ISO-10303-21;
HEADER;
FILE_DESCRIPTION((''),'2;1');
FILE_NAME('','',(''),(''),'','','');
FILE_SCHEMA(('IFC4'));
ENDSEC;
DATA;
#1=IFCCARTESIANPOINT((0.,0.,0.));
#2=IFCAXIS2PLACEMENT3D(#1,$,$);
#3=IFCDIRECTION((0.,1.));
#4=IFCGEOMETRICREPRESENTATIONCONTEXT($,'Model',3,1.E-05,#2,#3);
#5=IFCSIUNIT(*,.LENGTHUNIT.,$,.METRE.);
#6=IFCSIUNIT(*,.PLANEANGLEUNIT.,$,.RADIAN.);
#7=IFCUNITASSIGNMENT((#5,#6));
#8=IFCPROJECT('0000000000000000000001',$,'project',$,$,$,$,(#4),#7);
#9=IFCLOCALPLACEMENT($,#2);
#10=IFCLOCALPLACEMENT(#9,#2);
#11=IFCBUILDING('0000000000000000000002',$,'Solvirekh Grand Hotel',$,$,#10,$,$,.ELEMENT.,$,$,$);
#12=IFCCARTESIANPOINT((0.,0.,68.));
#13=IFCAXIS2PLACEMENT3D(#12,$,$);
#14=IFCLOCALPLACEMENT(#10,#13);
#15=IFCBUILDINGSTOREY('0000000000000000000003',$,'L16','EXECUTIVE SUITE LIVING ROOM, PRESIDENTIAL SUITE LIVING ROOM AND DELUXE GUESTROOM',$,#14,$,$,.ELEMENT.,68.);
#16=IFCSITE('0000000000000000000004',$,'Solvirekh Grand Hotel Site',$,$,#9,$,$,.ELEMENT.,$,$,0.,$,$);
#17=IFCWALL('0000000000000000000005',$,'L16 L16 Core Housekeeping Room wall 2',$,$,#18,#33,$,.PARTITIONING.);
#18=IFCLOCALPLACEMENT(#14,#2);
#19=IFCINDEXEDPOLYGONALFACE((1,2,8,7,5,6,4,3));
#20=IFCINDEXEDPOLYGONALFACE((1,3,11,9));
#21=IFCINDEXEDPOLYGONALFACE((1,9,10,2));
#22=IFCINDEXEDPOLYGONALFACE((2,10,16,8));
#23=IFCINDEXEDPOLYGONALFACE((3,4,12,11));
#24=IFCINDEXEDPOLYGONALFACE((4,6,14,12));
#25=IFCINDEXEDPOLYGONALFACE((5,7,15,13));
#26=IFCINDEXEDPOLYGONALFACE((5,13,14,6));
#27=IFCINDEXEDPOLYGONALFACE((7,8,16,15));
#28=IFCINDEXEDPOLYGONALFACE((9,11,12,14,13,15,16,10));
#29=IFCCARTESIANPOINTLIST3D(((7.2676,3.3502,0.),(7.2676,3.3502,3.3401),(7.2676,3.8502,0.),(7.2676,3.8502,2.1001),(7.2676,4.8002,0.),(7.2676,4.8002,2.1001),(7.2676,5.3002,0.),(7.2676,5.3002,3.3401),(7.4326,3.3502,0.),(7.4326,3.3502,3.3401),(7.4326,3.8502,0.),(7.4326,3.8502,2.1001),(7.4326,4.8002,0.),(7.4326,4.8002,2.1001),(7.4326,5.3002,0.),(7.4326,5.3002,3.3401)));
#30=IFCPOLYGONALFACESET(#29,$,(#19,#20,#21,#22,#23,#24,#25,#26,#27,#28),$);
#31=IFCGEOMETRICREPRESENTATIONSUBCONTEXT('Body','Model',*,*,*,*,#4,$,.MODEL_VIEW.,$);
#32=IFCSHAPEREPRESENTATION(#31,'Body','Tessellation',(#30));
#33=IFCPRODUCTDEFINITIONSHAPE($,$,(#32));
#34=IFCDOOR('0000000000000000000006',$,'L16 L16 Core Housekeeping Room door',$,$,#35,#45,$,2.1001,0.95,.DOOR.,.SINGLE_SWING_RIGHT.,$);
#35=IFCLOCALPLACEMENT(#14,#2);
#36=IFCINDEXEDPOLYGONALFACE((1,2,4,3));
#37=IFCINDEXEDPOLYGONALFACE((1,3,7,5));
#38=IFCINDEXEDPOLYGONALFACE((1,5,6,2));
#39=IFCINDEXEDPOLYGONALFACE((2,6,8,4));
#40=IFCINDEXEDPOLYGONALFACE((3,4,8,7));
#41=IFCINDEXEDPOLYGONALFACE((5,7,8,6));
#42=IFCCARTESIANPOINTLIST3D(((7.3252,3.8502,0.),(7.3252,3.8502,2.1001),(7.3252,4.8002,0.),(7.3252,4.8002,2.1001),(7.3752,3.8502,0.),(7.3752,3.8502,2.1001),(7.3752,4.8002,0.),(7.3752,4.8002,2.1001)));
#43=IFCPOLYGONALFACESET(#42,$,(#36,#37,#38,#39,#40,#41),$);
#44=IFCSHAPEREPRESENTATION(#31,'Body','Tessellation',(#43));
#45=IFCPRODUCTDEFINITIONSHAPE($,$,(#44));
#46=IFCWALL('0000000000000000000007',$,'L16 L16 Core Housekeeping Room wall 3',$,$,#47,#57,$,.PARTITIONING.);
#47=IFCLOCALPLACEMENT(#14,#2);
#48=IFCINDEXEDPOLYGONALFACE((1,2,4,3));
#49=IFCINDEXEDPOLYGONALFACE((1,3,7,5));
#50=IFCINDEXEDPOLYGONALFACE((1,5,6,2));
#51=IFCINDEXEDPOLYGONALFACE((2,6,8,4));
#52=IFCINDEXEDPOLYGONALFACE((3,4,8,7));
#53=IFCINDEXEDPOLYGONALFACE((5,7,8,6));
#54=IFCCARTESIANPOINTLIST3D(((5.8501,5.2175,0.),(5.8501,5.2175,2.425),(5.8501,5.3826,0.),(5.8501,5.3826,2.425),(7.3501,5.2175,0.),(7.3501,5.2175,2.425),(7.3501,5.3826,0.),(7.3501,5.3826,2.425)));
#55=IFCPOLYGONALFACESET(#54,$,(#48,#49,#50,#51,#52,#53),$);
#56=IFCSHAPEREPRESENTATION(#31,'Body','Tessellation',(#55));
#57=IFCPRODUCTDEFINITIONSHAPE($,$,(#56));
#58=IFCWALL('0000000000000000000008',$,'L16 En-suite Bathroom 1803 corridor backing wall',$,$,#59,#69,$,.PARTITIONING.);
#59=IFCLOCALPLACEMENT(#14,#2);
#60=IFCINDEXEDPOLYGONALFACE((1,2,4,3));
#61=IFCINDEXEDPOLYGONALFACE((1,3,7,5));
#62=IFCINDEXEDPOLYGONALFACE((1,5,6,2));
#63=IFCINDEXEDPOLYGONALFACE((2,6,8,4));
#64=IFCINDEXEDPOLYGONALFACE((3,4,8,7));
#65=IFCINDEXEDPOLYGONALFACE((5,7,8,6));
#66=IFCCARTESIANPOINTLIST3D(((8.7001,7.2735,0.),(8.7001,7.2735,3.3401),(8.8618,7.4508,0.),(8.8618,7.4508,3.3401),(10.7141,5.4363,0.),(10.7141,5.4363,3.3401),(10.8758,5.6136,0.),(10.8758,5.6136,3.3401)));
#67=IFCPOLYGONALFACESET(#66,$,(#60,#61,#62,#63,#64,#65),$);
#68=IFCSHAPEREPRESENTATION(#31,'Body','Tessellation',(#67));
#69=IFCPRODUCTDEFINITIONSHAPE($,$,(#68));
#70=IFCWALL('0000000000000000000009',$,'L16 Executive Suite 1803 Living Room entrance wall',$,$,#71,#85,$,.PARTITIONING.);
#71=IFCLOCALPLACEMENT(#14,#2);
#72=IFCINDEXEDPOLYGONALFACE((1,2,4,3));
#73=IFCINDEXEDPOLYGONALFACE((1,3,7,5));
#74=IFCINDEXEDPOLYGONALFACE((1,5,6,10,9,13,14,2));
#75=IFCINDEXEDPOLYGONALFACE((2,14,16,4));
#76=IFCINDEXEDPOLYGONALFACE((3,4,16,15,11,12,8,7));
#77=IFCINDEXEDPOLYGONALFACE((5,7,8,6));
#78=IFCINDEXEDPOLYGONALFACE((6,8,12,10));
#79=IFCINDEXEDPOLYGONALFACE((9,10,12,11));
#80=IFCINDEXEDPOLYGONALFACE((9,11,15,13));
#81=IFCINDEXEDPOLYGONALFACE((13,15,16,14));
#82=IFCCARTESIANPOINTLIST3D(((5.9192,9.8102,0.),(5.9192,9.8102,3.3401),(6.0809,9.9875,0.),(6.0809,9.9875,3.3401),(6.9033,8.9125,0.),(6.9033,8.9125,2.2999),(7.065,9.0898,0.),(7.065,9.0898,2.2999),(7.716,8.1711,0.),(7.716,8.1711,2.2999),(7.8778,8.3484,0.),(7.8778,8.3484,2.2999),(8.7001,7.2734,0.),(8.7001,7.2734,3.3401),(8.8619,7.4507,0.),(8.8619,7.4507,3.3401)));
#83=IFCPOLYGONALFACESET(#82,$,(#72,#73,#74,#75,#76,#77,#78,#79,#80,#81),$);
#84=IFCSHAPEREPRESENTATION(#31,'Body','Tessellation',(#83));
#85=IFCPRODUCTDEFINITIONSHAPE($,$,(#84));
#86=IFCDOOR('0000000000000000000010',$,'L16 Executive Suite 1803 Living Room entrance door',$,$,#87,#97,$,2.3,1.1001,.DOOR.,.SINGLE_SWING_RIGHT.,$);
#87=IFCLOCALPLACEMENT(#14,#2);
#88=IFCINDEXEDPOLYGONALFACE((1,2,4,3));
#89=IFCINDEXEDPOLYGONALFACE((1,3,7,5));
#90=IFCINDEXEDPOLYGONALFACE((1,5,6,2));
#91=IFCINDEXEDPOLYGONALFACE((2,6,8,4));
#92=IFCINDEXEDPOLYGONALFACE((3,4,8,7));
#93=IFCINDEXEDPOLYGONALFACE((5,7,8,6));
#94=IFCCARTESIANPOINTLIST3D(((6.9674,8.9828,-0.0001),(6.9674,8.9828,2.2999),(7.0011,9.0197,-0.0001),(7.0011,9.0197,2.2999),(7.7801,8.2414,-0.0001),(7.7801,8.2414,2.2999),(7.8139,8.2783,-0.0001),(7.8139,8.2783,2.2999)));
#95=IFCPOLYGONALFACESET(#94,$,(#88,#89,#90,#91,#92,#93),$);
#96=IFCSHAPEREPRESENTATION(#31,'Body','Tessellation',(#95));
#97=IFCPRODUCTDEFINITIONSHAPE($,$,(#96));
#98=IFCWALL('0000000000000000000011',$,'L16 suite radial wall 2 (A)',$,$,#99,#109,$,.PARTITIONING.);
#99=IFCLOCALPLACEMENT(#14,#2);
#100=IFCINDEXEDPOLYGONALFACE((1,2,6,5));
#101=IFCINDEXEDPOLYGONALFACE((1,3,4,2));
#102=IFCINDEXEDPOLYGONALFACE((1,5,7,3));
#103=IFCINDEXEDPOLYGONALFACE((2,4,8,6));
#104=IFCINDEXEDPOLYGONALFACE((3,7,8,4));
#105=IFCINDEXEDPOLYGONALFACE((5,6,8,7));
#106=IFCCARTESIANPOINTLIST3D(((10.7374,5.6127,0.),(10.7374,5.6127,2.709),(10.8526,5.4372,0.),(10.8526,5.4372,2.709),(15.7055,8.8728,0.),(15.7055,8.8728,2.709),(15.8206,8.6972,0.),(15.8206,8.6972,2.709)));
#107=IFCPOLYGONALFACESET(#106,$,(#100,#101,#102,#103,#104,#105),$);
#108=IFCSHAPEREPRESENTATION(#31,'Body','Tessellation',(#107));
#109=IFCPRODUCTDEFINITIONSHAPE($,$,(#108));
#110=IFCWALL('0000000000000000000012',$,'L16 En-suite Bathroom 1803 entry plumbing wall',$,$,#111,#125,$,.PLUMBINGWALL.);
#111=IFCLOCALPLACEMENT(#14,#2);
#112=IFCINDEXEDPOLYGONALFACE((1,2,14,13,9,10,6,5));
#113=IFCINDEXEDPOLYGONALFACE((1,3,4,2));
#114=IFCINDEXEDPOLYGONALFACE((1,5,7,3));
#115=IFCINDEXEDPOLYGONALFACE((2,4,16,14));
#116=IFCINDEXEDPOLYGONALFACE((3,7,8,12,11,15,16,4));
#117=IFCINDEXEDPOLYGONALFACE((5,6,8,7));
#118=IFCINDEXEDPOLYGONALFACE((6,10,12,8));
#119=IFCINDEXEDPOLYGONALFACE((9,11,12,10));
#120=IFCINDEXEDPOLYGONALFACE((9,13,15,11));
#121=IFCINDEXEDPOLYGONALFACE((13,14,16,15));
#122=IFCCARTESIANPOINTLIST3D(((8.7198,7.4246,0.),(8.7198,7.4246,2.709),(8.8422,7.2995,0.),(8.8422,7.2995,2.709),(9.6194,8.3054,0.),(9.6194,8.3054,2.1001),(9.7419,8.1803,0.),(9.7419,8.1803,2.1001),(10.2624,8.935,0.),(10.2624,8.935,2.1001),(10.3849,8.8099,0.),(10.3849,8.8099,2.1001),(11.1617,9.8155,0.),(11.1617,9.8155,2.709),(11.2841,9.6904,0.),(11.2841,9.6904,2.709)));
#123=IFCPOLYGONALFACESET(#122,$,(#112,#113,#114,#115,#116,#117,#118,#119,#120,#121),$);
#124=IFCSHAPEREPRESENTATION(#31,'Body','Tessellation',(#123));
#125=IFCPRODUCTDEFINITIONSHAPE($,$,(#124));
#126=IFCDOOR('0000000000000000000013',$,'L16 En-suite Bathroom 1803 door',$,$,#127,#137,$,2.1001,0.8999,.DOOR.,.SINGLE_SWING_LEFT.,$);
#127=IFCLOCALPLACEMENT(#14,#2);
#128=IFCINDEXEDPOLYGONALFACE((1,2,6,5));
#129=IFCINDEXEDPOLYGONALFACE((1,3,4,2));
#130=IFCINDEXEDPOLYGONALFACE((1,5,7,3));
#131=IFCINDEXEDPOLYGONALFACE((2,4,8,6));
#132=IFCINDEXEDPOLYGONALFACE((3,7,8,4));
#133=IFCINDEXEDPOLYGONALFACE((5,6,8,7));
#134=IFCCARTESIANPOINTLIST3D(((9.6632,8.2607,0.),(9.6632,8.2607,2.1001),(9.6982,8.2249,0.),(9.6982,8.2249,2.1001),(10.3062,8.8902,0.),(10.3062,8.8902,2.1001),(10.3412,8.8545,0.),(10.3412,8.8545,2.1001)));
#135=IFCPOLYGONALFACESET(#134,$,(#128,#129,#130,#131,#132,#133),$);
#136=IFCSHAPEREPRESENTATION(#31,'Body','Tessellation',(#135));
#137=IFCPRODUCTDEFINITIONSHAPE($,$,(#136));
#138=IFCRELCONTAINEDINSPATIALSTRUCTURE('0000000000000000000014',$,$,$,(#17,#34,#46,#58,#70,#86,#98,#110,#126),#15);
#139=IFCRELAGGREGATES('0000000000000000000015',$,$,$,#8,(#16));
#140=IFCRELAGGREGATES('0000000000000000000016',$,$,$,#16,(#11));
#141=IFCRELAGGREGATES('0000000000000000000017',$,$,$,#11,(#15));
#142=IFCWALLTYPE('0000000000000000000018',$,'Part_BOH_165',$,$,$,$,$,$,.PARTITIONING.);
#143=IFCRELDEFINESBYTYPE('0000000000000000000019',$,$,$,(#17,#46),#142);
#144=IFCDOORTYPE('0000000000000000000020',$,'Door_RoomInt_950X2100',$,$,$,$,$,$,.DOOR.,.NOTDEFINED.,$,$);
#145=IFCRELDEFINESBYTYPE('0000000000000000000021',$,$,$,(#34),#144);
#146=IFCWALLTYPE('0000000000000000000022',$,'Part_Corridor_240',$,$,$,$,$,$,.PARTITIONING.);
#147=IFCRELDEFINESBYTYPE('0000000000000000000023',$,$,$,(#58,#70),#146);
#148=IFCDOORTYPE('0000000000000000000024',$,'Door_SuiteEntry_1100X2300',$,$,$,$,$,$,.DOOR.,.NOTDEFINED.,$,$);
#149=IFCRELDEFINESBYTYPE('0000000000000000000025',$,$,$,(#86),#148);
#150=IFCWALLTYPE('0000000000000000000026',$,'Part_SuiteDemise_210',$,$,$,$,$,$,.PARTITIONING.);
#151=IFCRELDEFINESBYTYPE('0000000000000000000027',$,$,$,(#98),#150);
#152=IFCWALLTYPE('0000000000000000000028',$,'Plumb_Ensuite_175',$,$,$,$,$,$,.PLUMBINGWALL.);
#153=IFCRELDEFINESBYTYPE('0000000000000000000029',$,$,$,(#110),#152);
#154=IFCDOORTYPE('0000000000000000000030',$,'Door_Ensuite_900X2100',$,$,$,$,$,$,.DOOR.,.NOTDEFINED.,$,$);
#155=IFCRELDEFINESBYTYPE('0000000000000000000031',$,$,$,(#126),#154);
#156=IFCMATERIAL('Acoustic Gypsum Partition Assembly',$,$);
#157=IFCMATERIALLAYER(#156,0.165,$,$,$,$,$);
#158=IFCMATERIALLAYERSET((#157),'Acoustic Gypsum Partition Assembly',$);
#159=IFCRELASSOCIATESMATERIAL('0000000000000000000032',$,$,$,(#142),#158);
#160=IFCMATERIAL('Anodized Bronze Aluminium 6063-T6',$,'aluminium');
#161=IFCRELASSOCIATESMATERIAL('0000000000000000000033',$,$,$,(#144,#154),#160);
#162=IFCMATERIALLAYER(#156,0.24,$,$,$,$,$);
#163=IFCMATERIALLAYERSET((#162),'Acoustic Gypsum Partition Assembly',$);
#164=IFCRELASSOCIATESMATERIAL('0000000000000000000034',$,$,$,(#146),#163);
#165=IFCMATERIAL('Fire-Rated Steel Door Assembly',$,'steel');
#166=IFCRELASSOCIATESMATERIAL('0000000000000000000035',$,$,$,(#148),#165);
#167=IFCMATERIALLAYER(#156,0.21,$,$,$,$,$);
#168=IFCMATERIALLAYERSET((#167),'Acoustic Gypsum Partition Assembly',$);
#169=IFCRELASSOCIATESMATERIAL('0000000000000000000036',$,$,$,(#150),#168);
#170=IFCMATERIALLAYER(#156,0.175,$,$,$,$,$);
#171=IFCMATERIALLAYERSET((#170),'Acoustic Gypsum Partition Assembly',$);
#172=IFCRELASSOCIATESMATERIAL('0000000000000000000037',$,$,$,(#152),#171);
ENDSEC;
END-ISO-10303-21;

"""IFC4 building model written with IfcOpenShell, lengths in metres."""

from ifc_helpers import new_model, si_unit, direction, frame, frame_2d, origin, place, context, subcontext, project, spatial, rectangle, extrude, material, layer, layer_set, type_object, element, fill, save


model = new_model("IFC4")

# Units and contexts
model_context = context("Model", 3, precision=1e-05, world=origin(), true_north=direction((0.0, 1.0)))
body_context = subcontext(model_context, "Body", "Model", "MODEL_VIEW")
ifc_project = project(units=[si_unit("LENGTHUNIT", "METRE"), si_unit("PLANEANGLEUNIT", "RADIAN")], contexts=[model_context])

# Site, building, storey
site_placement = place(None, origin())
site = spatial("IfcSite", under=ifc_project, at=site_placement, Name="Solvirekh Grand Hotel Site", CompositionType="ELEMENT", RefElevation=0.0)
building_placement = place(site_placement, origin())
building = spatial("IfcBuilding", under=site, at=building_placement, Name="Solvirekh Grand Hotel", CompositionType="ELEMENT")
storey_placement = place(building_placement, frame((0.0, 0.0, 68.0)))
storey = spatial("IfcBuildingStorey", under=building, at=storey_placement, Name="L16", Description="EXECUTIVE SUITE LIVING ROOM, PRESIDENTIAL SUITE LIVING ROOM AND DELUXE GUESTROOM", CompositionType="ELEMENT", Elevation=68.0)

# Shared definitions
ifc_material_1 = material(Name="Anodized Bronze Aluminium 6063-T6", Category="aluminium")

# Wall, opening, door
ifc_material_2 = material(Name="Acoustic Gypsum Partition Assembly")
ifc_layer_1 = layer(ifc_material_2, 0.165)
ifc_layer_set_1 = layer_set([ifc_layer_1], Name="Acoustic Gypsum Partition Assembly")
wall_type_1 = type_object("IfcWallType", Name="Part_BOH_165", PredefinedType="PARTITIONING", material=ifc_layer_set_1)
wall_1_placement = place(storey_placement, frame((7.3501, 3.3501, 0.0), z_axis=(0.0, 0.0, 1.0), x_axis=(0.0, 1.0, 0.0)))
wall_1 = element("IfcWall", 1, at=wall_1_placement, inside=storey, type_object=wall_type_1, Name="L16 L16 Core Housekeeping Room wall 2", PredefinedType="PARTITIONING", context=body_context, shape_type="SweptSolid", body=[
    extrude(rectangle(XDim=1.95, YDim=0.165, at=frame_2d((0.9751, 0.0))), origin(), (0.0, 0.0, 1.0), 3.3401),
])
opening_1_placement = place(wall_1_placement, frame((0.5, 0.0, 0.0)))
opening_1 = element("IfcOpeningElement", 2, at=opening_1_placement, cuts=wall_1, PredefinedType="OPENING", context=body_context, shape_type="SweptSolid", body=[
    extrude(rectangle(XDim=0.95, YDim=2.1001, at=frame_2d((0.4751, 1.05))), frame((0.0, 0.0925, 0.0), z_axis=(0.0, -1.0, 0.0), x_axis=(1.0, 0.0, 0.0)), (0.0, 0.0, 1.0), 0.1851),
])
door_type_1 = type_object("IfcDoorType", Name="Door_RoomInt_950X2100", OperationType="NOTDEFINED", PredefinedType="DOOR", material=ifc_material_1)
door_1_placement = place(opening_1_placement, origin())
door_1 = element("IfcDoor", 3, at=door_1_placement, inside=storey, type_object=door_type_1, Name="L16 L16 Core Housekeeping Room door", OperationType="SINGLE_SWING_RIGHT", OverallHeight=2.1001, OverallWidth=0.95, PredefinedType="DOOR", context=body_context, shape_type="SweptSolid", body=[
    extrude(rectangle(XDim=0.95, YDim=2.1001, at=frame_2d((0.4751, 1.05))), frame((0.0, 0.0249, 0.0), z_axis=(0.0, -1.0, 0.0), x_axis=(1.0, 0.0, 0.0)), (0.0, 0.0, 1.0), 0.05),
])
fill(opening_1, door_1)

# Walls
wall_2_placement = place(storey_placement, frame((7.3501, 5.3, 0.0), z_axis=(0.0, 0.0, 1.0), x_axis=(-1.0, 0.0, 0.0)))
element("IfcWall", 4, at=wall_2_placement, inside=storey, type_object=wall_type_1, Name="L16 L16 Core Housekeeping Room wall 3", PredefinedType="PARTITIONING", context=body_context, shape_type="SweptSolid", body=[
    extrude(rectangle(XDim=1.5, YDim=0.165, at=frame_2d((0.75, 0.0))), origin(), (0.0, 0.0, 1.0), 2.425),
])
ifc_layer_2 = layer(ifc_material_2, 0.24)
ifc_layer_set_2 = layer_set([ifc_layer_2], Name="Acoustic Gypsum Partition Assembly")
wall_type_2 = type_object("IfcWallType", Name="Part_Corridor_240", PredefinedType="PARTITIONING", material=ifc_layer_set_2)
wall_3_placement = place(storey_placement, frame((10.7949, 5.5249, 0.0), z_axis=(0.0, 0.0, 1.0), x_axis=(-0.738784, 0.673942, 0.0)))
element("IfcWall", 5, at=wall_3_placement, inside=storey, type_object=wall_type_2, Name="L16 En-suite Bathroom 1803 corridor backing wall", PredefinedType="PARTITIONING", context=body_context, shape_type="SweptSolid", body=[
    extrude(rectangle(XDim=2.7261, YDim=0.24, at=frame_2d((1.363, 0.0))), origin(), (0.0, 0.0, 1.0), 3.3401),
])

# Wall, opening, door
wall_4_placement = place(storey_placement, frame((8.781, 7.3621, 0.0), z_axis=(0.0, 0.0, 1.0), x_axis=(-0.738792, 0.673934, 0.0)))
wall_4 = element("IfcWall", 6, at=wall_4_placement, inside=storey, type_object=wall_type_2, Name="L16 Executive Suite 1803 Living Room entrance wall", PredefinedType="PARTITIONING", context=body_context, shape_type="SweptSolid", body=[
    extrude(rectangle(XDim=3.7642, YDim=0.24, at=frame_2d((1.8821, 0.0))), origin(), (0.0, 0.0, 1.0), 3.3401),
])
opening_2_placement = place(wall_4_placement, frame((1.332, 0.0, 0.0)))
opening_2 = element("IfcOpeningElement", 7, at=opening_2_placement, cuts=wall_4, PredefinedType="OPENING", context=body_context, shape_type="SweptSolid", body=[
    extrude(rectangle(XDim=1.1001, YDim=2.3, at=frame_2d((0.55, 1.1499))), frame((0.0, 0.1299, 0.0), z_axis=(0.0, -1.0, 0.0), x_axis=(1.0, 0.0, 0.0)), (0.0, 0.0, 1.0), 0.26),
])
ifc_material_3 = material(Name="Fire-Rated Steel Door Assembly", Category="steel")
door_type_2 = type_object("IfcDoorType", Name="Door_SuiteEntry_1100X2300", OperationType="NOTDEFINED", PredefinedType="DOOR", material=ifc_material_3)
door_2_placement = place(opening_2_placement, origin())
door_2 = element("IfcDoor", 8, at=door_2_placement, inside=storey, type_object=door_type_2, Name="L16 Executive Suite 1803 Living Room entrance door", OperationType="SINGLE_SWING_RIGHT", OverallHeight=2.3, OverallWidth=1.1001, PredefinedType="DOOR", context=body_context, shape_type="SweptSolid", body=[
    extrude(rectangle(XDim=1.1001, YDim=2.3, at=frame_2d((0.55, 1.1499))), frame((0.0, 0.0249, 0.0), z_axis=(0.0, -1.0, 0.0), x_axis=(1.0, 0.0, 0.0)), (0.0, 0.0, 1.0), 0.05),
])
fill(opening_2, door_2)

# Wall
ifc_layer_3 = layer(ifc_material_2, 0.21)
ifc_layer_set_3 = layer_set([ifc_layer_3], Name="Acoustic Gypsum Partition Assembly")
wall_type_3 = type_object("IfcWallType", Name="Part_SuiteDemise_210", PredefinedType="PARTITIONING", material=ifc_layer_set_3)
wall_5_placement = place(storey_placement, frame((10.7949, 5.5249, 0.0), z_axis=(0.0, 0.0, 1.0), x_axis=(0.836067, 0.548627, 0.0)))
element("IfcWall", 9, at=wall_5_placement, inside=storey, type_object=wall_type_3, Name="L16 suite radial wall 2 (A)", PredefinedType="PARTITIONING", context=body_context, shape_type="SweptSolid", body=[
    extrude(rectangle(XDim=5.9421, YDim=0.21, at=frame_2d((2.9712, 0.0))), origin(), (0.0, 0.0, 1.0), 2.709),
])

# Wall, opening, door
ifc_layer_4 = layer(ifc_material_2, 0.175)
ifc_layer_set_4 = layer_set([ifc_layer_4], Name="Acoustic Gypsum Partition Assembly")
wall_type_4 = type_object("IfcWallType", Name="Plumb_Ensuite_175", PredefinedType="PLUMBINGWALL", material=ifc_layer_set_4)
wall_6_placement = place(storey_placement, frame((8.781, 7.3621, 0.0), z_axis=(0.0, 0.0, 1.0), x_axis=(0.714533, 0.699602, 0.0)))
wall_6 = element("IfcWall", 10, at=wall_6_placement, inside=storey, type_object=wall_type_4, Name="L16 En-suite Bathroom 1803 entry plumbing wall", PredefinedType="PLUMBINGWALL", context=body_context, shape_type="SweptSolid", body=[
    extrude(rectangle(XDim=3.4175, YDim=0.175, at=frame_2d((1.7087, 0.0))), origin(), (0.0, 0.0, 1.0), 2.709),
])
opening_3_placement = place(wall_6_placement, frame((1.259, 0.0, 0.0)))
opening_3 = element("IfcOpeningElement", 11, at=opening_3_placement, cuts=wall_6, PredefinedType="OPENING", context=body_context, shape_type="SweptSolid", body=[
    extrude(rectangle(XDim=0.8999, YDim=2.1001, at=frame_2d((0.45, 1.05))), frame((0.0, 0.0977, 0.0), z_axis=(0.0, -1.0, 0.0), x_axis=(1.0, 0.0, 0.0)), (0.0, 0.0, 1.0), 0.1951),
])
door_type_3 = type_object("IfcDoorType", Name="Door_Ensuite_900X2100", OperationType="NOTDEFINED", PredefinedType="DOOR", material=ifc_material_1)
door_3_placement = place(opening_3_placement, origin())
door_3 = element("IfcDoor", 12, at=door_3_placement, inside=storey, type_object=door_type_3, Name="L16 En-suite Bathroom 1803 door", OperationType="SINGLE_SWING_LEFT", OverallHeight=2.1001, OverallWidth=0.8999, PredefinedType="DOOR", context=body_context, shape_type="SweptSolid", body=[
    extrude(rectangle(XDim=0.8999, YDim=2.1001, at=frame_2d((0.45, 1.05))), frame((0.0, 0.0249, 0.0), z_axis=(0.0, -1.0, 0.0), x_axis=(1.0, 0.0, 0.0)), (0.0, 0.0, 1.0), 0.05),
])
fill(opening_3, door_3)

save(model, "model.ifc")
